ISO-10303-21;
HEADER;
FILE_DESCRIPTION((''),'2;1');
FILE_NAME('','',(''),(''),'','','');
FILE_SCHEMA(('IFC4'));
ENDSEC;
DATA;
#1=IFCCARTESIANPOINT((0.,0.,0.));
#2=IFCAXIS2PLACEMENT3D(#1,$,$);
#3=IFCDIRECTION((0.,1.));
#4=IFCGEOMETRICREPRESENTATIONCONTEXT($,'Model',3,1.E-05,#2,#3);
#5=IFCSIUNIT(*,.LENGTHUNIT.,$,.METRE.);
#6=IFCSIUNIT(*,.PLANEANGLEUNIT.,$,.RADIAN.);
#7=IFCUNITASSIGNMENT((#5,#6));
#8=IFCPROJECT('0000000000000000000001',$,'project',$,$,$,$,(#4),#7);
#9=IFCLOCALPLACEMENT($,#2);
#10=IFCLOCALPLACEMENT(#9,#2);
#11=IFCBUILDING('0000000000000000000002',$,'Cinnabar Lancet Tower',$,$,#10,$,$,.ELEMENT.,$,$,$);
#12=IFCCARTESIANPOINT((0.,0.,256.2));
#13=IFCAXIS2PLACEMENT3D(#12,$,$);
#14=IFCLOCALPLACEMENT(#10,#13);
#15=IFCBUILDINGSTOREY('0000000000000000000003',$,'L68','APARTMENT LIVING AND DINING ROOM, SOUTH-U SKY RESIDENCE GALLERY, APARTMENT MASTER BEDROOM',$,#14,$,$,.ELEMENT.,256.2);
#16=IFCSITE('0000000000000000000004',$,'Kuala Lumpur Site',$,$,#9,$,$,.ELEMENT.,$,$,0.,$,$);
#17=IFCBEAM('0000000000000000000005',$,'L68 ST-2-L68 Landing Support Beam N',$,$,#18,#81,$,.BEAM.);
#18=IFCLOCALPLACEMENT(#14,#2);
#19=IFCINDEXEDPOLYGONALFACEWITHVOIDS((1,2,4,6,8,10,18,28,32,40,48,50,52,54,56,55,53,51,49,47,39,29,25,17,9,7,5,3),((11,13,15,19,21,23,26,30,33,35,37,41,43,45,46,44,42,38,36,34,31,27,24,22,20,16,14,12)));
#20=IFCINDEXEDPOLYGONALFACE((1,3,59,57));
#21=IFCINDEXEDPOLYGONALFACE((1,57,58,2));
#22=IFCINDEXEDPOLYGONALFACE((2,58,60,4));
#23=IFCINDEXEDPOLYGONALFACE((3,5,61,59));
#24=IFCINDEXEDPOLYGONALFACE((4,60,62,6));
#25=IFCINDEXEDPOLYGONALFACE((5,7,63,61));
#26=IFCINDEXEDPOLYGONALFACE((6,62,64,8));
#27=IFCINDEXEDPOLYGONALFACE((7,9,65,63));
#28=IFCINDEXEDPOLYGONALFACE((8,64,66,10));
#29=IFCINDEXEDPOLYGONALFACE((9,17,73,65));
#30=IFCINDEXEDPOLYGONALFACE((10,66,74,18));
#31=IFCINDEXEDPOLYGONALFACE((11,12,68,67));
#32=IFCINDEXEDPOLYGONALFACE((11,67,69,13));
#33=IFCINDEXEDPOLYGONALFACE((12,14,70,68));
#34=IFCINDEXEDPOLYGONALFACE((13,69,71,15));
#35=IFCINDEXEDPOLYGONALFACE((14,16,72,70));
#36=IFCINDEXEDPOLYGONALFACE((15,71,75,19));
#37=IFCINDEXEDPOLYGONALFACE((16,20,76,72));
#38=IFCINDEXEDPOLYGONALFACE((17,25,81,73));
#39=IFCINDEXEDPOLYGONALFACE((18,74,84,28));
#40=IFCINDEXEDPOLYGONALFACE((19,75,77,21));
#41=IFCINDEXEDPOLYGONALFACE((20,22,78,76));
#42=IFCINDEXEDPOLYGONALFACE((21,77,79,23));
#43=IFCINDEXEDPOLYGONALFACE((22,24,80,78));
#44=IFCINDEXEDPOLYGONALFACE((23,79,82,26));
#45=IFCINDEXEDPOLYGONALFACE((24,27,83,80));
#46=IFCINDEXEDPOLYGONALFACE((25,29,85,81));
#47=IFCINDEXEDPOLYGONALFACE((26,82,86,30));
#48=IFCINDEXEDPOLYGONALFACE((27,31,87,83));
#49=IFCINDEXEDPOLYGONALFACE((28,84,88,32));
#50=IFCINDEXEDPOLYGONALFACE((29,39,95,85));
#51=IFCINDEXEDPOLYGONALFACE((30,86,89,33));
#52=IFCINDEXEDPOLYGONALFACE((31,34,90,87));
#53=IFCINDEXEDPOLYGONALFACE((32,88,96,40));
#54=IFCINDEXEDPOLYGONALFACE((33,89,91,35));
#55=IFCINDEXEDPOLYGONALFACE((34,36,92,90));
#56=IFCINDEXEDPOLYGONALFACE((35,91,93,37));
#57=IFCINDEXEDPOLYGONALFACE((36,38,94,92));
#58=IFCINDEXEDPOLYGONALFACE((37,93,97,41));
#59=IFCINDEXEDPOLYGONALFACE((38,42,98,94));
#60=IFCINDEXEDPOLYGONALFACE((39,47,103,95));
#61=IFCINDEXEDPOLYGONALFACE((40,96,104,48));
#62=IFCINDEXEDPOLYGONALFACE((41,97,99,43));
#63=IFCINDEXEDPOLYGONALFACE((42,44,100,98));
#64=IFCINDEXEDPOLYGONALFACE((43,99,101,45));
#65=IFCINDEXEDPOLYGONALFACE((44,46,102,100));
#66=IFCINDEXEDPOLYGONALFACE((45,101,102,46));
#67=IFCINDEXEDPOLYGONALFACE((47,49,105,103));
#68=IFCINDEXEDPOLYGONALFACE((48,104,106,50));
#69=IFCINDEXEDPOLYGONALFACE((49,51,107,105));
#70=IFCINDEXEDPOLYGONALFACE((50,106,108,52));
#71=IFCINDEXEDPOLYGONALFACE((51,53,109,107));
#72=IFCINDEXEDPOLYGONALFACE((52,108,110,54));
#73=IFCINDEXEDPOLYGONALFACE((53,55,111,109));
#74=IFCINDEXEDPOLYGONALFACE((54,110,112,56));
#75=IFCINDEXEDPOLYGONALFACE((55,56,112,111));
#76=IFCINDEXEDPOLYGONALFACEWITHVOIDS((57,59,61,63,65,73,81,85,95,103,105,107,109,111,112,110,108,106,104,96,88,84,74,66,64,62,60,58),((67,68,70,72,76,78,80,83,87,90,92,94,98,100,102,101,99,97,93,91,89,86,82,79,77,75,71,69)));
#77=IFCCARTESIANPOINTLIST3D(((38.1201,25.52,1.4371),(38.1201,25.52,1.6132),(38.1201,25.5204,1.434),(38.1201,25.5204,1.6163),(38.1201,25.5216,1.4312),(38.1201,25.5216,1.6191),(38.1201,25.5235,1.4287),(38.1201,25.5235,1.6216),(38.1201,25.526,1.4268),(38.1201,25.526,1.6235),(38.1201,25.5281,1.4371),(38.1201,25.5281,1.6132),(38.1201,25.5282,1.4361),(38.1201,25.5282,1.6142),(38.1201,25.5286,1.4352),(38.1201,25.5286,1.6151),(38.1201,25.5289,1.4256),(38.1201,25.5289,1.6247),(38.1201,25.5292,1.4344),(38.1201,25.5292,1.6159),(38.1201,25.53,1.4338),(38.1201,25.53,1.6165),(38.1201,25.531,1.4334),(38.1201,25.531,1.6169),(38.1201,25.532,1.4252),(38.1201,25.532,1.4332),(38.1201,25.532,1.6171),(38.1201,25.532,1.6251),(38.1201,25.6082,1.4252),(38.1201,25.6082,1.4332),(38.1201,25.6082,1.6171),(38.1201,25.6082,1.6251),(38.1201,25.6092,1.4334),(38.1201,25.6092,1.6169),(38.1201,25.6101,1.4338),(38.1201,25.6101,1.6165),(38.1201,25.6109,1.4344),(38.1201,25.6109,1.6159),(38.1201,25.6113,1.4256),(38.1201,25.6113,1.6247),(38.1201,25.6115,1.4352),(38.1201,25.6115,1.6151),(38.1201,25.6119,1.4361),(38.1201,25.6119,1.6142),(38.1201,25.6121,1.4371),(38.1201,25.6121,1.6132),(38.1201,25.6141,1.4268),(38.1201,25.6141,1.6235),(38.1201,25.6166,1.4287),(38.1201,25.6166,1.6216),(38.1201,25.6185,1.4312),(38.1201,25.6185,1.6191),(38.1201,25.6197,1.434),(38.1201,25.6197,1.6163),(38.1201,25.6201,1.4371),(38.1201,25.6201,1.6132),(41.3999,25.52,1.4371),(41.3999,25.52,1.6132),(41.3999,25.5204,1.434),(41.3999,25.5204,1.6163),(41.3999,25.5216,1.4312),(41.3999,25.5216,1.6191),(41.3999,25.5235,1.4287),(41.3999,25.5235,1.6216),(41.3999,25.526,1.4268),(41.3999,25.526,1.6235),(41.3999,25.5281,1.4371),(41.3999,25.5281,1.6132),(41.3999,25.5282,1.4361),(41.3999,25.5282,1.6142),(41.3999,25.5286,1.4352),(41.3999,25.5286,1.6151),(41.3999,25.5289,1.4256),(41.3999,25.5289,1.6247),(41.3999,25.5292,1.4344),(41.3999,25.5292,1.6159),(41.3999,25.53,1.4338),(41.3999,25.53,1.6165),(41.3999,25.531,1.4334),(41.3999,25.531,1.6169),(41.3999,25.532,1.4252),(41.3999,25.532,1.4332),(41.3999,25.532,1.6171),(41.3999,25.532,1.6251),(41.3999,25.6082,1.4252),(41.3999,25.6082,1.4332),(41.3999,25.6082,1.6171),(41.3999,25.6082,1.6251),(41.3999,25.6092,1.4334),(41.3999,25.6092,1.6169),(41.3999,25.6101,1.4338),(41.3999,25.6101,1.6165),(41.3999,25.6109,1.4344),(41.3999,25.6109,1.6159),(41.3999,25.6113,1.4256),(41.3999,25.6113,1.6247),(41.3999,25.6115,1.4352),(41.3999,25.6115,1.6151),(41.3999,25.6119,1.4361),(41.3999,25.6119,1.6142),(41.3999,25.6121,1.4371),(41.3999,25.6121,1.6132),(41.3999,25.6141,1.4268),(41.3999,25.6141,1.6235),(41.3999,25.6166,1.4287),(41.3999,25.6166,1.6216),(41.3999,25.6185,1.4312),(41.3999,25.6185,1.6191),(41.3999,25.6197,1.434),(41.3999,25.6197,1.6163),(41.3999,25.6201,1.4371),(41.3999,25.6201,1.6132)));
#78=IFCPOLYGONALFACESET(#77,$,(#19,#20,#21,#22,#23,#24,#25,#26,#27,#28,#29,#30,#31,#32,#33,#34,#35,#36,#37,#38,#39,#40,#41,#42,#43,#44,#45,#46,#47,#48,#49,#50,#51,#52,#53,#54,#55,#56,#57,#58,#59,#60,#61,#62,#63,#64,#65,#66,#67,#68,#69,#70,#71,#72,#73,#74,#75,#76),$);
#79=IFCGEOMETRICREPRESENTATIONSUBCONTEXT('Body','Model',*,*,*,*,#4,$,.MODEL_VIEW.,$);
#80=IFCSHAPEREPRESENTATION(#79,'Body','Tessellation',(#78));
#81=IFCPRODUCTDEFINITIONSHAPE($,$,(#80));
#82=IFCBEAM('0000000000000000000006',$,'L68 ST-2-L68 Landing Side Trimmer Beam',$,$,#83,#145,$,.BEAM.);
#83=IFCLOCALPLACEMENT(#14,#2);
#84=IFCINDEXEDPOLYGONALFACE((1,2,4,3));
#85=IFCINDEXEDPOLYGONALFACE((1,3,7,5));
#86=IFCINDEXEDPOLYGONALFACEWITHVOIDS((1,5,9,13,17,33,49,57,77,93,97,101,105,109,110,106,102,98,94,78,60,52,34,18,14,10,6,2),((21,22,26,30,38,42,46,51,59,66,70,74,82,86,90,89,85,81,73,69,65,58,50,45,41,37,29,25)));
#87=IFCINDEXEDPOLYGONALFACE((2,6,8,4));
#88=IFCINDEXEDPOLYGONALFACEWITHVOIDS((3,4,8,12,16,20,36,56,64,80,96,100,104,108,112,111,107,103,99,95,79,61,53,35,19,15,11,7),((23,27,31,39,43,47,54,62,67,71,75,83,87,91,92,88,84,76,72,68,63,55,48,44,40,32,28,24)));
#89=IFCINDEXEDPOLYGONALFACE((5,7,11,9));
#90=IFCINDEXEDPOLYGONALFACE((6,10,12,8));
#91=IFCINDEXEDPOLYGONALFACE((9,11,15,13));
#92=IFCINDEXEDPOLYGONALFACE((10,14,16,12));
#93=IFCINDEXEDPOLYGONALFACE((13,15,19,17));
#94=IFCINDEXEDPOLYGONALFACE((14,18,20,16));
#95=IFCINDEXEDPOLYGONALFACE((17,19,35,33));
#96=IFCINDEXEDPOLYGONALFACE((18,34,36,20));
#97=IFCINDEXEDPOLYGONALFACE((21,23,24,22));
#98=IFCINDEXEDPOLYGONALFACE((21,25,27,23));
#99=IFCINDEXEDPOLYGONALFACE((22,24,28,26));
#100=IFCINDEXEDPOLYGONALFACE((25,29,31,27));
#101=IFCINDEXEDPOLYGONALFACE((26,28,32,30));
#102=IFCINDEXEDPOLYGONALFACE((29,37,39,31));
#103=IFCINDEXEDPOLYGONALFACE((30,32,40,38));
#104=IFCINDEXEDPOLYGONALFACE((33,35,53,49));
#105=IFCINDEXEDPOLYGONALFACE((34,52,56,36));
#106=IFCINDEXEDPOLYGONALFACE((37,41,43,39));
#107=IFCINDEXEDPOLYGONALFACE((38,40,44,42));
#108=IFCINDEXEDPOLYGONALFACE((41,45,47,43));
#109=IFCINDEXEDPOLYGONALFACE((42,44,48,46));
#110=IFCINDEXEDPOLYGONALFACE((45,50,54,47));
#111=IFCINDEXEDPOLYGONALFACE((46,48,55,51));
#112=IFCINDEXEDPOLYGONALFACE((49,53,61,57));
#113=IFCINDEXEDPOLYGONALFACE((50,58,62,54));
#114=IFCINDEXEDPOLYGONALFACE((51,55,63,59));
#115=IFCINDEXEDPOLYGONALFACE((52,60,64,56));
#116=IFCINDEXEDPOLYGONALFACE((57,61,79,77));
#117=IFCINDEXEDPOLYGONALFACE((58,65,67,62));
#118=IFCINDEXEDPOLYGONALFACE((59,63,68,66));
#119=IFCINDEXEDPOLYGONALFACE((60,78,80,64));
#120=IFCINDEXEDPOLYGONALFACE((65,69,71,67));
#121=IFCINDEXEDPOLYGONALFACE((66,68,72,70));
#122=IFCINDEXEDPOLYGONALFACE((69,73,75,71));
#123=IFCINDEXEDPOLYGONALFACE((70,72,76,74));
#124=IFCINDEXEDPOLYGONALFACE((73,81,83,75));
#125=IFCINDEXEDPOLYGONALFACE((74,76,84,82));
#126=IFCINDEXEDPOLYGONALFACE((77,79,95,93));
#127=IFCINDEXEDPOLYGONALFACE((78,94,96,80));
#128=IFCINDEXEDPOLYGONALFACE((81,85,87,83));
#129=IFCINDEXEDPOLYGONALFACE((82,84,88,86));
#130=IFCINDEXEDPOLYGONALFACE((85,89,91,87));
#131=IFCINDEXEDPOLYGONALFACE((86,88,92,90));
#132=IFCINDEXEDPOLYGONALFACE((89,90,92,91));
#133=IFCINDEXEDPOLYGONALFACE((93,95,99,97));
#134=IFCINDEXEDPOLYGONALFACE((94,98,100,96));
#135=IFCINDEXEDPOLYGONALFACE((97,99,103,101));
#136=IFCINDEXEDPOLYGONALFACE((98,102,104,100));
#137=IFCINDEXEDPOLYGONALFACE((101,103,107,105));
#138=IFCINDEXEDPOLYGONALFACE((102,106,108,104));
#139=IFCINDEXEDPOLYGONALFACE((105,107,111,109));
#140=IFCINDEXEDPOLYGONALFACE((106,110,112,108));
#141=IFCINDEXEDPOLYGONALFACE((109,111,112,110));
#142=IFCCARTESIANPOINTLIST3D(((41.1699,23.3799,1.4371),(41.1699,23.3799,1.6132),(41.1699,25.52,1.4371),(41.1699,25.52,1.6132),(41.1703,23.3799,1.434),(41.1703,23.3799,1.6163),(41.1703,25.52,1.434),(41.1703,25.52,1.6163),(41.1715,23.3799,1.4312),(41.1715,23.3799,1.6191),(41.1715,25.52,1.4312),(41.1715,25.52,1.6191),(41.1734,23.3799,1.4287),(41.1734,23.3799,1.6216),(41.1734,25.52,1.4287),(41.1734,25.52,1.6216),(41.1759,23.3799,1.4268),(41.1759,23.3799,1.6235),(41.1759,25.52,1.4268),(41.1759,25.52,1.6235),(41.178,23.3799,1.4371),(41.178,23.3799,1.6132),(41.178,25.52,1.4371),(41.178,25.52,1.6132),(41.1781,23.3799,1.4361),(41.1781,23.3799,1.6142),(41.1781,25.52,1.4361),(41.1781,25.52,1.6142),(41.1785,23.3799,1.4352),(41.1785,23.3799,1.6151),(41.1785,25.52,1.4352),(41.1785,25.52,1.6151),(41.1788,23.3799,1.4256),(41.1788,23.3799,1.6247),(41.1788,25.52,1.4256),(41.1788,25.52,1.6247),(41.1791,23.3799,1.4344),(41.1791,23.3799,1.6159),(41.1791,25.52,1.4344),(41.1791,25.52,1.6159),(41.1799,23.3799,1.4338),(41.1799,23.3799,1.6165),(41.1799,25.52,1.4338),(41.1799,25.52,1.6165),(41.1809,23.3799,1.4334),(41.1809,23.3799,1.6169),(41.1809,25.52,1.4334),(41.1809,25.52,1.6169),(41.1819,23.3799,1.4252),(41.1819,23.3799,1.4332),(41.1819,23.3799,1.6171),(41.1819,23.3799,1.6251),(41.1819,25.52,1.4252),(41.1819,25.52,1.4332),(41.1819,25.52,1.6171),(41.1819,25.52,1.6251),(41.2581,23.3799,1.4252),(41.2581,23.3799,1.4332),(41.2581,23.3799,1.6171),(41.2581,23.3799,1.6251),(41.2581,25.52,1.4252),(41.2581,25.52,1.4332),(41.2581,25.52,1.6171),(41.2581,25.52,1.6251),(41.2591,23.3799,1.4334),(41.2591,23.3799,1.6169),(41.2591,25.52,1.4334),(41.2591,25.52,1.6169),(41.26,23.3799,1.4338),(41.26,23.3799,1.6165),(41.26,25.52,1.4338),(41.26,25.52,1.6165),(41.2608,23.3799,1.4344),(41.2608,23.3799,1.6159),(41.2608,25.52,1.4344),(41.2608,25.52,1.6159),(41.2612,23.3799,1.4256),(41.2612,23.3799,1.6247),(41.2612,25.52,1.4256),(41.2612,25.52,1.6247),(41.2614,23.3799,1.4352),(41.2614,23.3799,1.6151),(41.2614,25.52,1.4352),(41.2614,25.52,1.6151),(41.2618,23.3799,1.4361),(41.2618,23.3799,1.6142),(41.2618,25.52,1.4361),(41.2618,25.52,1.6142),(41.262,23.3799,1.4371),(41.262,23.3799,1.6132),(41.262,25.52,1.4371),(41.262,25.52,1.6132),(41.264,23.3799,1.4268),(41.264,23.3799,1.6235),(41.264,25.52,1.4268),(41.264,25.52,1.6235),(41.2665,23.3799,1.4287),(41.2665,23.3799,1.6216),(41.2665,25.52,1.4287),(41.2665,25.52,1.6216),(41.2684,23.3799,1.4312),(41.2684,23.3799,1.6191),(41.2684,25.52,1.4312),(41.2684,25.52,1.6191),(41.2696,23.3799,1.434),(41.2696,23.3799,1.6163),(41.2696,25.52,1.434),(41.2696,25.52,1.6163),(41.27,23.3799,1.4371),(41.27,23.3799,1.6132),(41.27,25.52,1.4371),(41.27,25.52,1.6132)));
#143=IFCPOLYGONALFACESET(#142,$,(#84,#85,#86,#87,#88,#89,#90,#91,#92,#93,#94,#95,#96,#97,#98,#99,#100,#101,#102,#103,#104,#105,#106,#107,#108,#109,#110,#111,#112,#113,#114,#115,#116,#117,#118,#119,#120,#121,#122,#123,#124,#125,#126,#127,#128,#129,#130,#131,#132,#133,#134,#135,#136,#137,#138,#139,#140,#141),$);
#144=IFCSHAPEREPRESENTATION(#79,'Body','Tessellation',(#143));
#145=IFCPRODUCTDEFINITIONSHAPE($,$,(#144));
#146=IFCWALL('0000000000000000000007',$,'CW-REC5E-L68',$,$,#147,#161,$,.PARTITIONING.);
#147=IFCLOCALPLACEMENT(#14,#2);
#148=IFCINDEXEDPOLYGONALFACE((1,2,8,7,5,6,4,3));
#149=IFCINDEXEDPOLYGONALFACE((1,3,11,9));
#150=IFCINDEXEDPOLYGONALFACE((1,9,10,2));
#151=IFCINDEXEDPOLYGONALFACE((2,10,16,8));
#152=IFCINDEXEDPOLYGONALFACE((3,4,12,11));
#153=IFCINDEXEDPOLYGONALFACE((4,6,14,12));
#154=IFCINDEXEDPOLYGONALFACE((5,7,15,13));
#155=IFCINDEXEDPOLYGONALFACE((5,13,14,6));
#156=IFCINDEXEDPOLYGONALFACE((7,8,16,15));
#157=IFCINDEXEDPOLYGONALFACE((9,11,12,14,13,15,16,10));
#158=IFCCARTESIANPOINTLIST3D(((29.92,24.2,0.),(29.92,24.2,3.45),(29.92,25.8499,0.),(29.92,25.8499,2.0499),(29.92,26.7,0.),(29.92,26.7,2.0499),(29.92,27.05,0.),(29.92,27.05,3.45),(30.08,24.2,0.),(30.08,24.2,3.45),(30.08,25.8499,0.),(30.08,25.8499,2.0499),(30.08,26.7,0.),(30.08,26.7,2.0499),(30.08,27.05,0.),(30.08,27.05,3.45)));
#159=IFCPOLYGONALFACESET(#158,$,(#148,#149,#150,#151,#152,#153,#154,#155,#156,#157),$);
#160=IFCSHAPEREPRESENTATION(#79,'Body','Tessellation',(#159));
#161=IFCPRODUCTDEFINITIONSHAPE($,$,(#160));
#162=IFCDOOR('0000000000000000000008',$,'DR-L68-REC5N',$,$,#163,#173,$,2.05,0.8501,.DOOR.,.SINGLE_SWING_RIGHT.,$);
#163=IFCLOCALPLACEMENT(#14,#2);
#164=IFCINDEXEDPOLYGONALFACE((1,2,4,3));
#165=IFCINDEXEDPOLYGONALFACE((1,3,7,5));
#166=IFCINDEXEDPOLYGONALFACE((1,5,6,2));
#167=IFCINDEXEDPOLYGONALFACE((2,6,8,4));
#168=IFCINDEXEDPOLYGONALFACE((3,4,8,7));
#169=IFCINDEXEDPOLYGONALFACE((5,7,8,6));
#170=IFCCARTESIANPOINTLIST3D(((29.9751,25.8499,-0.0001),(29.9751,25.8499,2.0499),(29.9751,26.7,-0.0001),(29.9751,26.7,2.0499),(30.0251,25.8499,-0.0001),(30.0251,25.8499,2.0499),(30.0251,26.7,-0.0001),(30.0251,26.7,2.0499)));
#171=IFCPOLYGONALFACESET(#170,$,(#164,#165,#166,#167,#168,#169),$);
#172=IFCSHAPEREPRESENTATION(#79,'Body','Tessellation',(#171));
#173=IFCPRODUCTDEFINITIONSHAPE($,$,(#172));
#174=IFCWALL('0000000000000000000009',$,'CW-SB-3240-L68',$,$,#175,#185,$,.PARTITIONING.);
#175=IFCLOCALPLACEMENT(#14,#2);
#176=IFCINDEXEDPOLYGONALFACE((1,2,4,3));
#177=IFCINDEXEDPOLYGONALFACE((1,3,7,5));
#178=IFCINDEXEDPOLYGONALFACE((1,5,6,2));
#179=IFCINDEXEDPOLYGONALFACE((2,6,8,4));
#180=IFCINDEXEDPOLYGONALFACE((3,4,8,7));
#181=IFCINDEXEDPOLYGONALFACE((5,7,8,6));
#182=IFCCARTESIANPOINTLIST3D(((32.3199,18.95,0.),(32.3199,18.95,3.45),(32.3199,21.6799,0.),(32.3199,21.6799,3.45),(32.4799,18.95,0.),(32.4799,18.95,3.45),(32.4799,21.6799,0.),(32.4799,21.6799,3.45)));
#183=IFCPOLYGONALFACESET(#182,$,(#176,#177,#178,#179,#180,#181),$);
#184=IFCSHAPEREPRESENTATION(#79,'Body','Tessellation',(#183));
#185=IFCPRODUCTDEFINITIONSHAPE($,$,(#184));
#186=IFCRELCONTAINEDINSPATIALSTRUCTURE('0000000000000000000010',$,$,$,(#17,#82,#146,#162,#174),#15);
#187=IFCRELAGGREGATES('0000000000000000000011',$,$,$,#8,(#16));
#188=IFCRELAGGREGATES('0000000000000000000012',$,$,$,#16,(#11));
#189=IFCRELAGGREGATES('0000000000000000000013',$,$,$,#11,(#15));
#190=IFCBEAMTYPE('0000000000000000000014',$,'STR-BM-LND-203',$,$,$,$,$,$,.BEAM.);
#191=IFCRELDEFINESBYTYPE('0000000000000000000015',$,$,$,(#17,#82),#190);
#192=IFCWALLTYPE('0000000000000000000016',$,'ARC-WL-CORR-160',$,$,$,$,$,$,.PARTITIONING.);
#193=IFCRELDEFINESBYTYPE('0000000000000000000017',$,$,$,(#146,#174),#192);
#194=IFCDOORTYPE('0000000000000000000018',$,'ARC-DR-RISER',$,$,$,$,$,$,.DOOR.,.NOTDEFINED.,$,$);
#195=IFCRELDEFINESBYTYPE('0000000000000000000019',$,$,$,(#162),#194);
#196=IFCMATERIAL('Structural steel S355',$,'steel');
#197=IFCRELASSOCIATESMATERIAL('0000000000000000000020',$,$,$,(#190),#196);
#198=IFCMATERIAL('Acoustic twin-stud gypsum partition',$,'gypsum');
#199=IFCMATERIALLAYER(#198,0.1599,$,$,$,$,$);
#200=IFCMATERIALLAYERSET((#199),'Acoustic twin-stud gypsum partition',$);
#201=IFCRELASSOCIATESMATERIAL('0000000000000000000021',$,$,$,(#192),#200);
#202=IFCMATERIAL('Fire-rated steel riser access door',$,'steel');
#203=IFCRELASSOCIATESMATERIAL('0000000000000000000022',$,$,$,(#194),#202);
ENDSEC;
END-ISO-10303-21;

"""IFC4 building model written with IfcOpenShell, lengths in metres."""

from ifc_helpers import new_model, si_unit, direction, frame, frame_2d, origin, origin_2d, place, context, subcontext, project, spatial, rectangle, hollow_rectangle, extrude, material, layer, layer_set, material_profile, profile_set, type_object, element, fill, save


model = new_model("IFC4")

# Units and contexts
model_context = context("Model", 3, precision=1e-05, world=origin(), true_north=direction((0.0, 1.0)))
body_context = subcontext(model_context, "Body", "Model", "MODEL_VIEW")
ifc_project = project(units=[si_unit("LENGTHUNIT", "METRE"), si_unit("PLANEANGLEUNIT", "RADIAN")], contexts=[model_context])

# Site, building, storey
site_placement = place(None, origin())
site = spatial("IfcSite", under=ifc_project, at=site_placement, Name="Kuala Lumpur Site", CompositionType="ELEMENT", RefElevation=0.0)
building_placement = place(site_placement, origin())
building = spatial("IfcBuilding", under=site, at=building_placement, Name="Cinnabar Lancet Tower", CompositionType="ELEMENT")
storey_placement = place(building_placement, frame((0.0, 0.0, 256.2)))
storey = spatial("IfcBuildingStorey", under=building, at=storey_placement, Name="L68", Description="APARTMENT LIVING AND DINING ROOM, SOUTH-U SKY RESIDENCE GALLERY, APARTMENT MASTER BEDROOM", CompositionType="ELEMENT", Elevation=256.2)

# Beams
ifc_material_1 = material(Name="Structural steel S355", Category="steel")
ifc_material_profile_1 = material_profile(ifc_material_1, hollow_rectangle(XDim=0.1001, YDim=0.2, WallThickness=0.0081, InnerFilletRadius=0.0039, OuterFilletRadius=0.012, at=origin_2d()), Name="RHS 200x100x8")
ifc_profile_set_1 = profile_set([ifc_material_profile_1], Name="Structural steel S355")
beam_type_1 = type_object("IfcBeamType", Name="STR-BM-LND-203", PredefinedType="BEAM", material=ifc_profile_set_1)
for number, where, z_axis, x_axis, name in (
    (1, (38.1201, 25.5701, 1.5251), (1.0, 0.0, 0.0), (0.0, 1.0, 0.0), "L68 ST-2-L68 Landing Support Beam N"),
):
    element("IfcBeam", number, at=place(storey_placement, frame(where, z_axis=z_axis, x_axis=x_axis)), inside=storey, type_object=beam_type_1, Name=name, PredefinedType="BEAM", context=body_context, shape_type="SweptSolid", body=[
        extrude(hollow_rectangle(XDim=0.1001, YDim=0.2, WallThickness=0.0081, InnerFilletRadius=0.0039, OuterFilletRadius=0.012, at=origin_2d()), origin(), (0.0, 0.0, 1.0), 3.2798),
    ])
beam_1_placement = place(storey_placement, frame((41.22, 23.3799, 1.5251), z_axis=(0.0, 1.0, 0.0), x_axis=(-1.0, 0.0, 0.0)))
element("IfcBeam", 2, at=beam_1_placement, inside=storey, type_object=beam_type_1, Name="L68 ST-2-L68 Landing Side Trimmer Beam", PredefinedType="BEAM", context=body_context, shape_type="SweptSolid", body=[
    extrude(hollow_rectangle(XDim=0.1001, YDim=0.2, WallThickness=0.0081, InnerFilletRadius=0.0039, OuterFilletRadius=0.012, at=origin_2d()), origin(), (0.0, 0.0, 1.0), 2.1401),
])

# Wall, opening, door
ifc_material_2 = material(Name="Acoustic twin-stud gypsum partition", Category="gypsum")
ifc_layer_1 = layer(ifc_material_2, 0.1599)
ifc_layer_set_1 = layer_set([ifc_layer_1], Name="Acoustic twin-stud gypsum partition")
wall_type_1 = type_object("IfcWallType", Name="ARC-WL-CORR-160", PredefinedType="PARTITIONING", material=ifc_layer_set_1)
wall_1_placement = place(storey_placement, frame((30.0, 24.2, 0.0), z_axis=(0.0, 0.0, 1.0), x_axis=(0.0, 1.0, 0.0)))
wall_1 = element("IfcWall", 3, at=wall_1_placement, inside=storey, type_object=wall_type_1, Name="CW-REC5E-L68", PredefinedType="PARTITIONING", context=body_context, shape_type="SweptSolid", body=[
    extrude(rectangle(XDim=2.8501, YDim=0.1599, at=frame_2d((1.425, 0.0))), origin(), (0.0, 0.0, 1.0), 3.45),
])
opening_1_placement = place(wall_1_placement, frame((1.6499, 0.0, 0.0)))
opening_1 = element("IfcOpeningElement", 4, at=opening_1_placement, cuts=wall_1, PredefinedType="OPENING", context=body_context, shape_type="SweptSolid", body=[
    extrude(rectangle(XDim=0.8501, YDim=2.05, at=frame_2d((0.425, 1.0249))), frame((0.0, 0.0898, 0.0), z_axis=(0.0, -1.0, 0.0), x_axis=(1.0, 0.0, 0.0)), (0.0, 0.0, 1.0), 0.1799),
])
ifc_material_3 = material(Name="Fire-rated steel riser access door", Category="steel")
door_type_1 = type_object("IfcDoorType", Name="ARC-DR-RISER", OperationType="NOTDEFINED", PredefinedType="DOOR", material=ifc_material_3)
door_1_placement = place(opening_1_placement, origin())
door_1 = element("IfcDoor", 5, at=door_1_placement, inside=storey, type_object=door_type_1, Name="DR-L68-REC5N", OperationType="SINGLE_SWING_RIGHT", OverallHeight=2.05, OverallWidth=0.8501, PredefinedType="DOOR", context=body_context, shape_type="SweptSolid", body=[
    extrude(rectangle(XDim=0.8501, YDim=2.05, at=frame_2d((0.425, 1.0249))), frame((0.0, 0.0249, 0.0), z_axis=(0.0, -1.0, 0.0), x_axis=(1.0, 0.0, 0.0)), (0.0, 0.0, 1.0), 0.05),
])
fill(opening_1, door_1)

# Wall
for number, where, z_axis, x_axis, name in (
    (6, (32.3999, 18.95, 0.0), (0.0, 0.0, 1.0), (0.0, 1.0, 0.0), "CW-SB-3240-L68"),
):
    element("IfcWall", number, at=place(storey_placement, frame(where, z_axis=z_axis, x_axis=x_axis)), inside=storey, type_object=wall_type_1, Name=name, PredefinedType="PARTITIONING", context=body_context, shape_type="SweptSolid", body=[
        extrude(rectangle(XDim=2.73, YDim=0.1599, at=frame_2d((1.365, 0.0))), origin(), (0.0, 0.0, 1.0), 3.45),
    ])

save(model, "model.ifc")
